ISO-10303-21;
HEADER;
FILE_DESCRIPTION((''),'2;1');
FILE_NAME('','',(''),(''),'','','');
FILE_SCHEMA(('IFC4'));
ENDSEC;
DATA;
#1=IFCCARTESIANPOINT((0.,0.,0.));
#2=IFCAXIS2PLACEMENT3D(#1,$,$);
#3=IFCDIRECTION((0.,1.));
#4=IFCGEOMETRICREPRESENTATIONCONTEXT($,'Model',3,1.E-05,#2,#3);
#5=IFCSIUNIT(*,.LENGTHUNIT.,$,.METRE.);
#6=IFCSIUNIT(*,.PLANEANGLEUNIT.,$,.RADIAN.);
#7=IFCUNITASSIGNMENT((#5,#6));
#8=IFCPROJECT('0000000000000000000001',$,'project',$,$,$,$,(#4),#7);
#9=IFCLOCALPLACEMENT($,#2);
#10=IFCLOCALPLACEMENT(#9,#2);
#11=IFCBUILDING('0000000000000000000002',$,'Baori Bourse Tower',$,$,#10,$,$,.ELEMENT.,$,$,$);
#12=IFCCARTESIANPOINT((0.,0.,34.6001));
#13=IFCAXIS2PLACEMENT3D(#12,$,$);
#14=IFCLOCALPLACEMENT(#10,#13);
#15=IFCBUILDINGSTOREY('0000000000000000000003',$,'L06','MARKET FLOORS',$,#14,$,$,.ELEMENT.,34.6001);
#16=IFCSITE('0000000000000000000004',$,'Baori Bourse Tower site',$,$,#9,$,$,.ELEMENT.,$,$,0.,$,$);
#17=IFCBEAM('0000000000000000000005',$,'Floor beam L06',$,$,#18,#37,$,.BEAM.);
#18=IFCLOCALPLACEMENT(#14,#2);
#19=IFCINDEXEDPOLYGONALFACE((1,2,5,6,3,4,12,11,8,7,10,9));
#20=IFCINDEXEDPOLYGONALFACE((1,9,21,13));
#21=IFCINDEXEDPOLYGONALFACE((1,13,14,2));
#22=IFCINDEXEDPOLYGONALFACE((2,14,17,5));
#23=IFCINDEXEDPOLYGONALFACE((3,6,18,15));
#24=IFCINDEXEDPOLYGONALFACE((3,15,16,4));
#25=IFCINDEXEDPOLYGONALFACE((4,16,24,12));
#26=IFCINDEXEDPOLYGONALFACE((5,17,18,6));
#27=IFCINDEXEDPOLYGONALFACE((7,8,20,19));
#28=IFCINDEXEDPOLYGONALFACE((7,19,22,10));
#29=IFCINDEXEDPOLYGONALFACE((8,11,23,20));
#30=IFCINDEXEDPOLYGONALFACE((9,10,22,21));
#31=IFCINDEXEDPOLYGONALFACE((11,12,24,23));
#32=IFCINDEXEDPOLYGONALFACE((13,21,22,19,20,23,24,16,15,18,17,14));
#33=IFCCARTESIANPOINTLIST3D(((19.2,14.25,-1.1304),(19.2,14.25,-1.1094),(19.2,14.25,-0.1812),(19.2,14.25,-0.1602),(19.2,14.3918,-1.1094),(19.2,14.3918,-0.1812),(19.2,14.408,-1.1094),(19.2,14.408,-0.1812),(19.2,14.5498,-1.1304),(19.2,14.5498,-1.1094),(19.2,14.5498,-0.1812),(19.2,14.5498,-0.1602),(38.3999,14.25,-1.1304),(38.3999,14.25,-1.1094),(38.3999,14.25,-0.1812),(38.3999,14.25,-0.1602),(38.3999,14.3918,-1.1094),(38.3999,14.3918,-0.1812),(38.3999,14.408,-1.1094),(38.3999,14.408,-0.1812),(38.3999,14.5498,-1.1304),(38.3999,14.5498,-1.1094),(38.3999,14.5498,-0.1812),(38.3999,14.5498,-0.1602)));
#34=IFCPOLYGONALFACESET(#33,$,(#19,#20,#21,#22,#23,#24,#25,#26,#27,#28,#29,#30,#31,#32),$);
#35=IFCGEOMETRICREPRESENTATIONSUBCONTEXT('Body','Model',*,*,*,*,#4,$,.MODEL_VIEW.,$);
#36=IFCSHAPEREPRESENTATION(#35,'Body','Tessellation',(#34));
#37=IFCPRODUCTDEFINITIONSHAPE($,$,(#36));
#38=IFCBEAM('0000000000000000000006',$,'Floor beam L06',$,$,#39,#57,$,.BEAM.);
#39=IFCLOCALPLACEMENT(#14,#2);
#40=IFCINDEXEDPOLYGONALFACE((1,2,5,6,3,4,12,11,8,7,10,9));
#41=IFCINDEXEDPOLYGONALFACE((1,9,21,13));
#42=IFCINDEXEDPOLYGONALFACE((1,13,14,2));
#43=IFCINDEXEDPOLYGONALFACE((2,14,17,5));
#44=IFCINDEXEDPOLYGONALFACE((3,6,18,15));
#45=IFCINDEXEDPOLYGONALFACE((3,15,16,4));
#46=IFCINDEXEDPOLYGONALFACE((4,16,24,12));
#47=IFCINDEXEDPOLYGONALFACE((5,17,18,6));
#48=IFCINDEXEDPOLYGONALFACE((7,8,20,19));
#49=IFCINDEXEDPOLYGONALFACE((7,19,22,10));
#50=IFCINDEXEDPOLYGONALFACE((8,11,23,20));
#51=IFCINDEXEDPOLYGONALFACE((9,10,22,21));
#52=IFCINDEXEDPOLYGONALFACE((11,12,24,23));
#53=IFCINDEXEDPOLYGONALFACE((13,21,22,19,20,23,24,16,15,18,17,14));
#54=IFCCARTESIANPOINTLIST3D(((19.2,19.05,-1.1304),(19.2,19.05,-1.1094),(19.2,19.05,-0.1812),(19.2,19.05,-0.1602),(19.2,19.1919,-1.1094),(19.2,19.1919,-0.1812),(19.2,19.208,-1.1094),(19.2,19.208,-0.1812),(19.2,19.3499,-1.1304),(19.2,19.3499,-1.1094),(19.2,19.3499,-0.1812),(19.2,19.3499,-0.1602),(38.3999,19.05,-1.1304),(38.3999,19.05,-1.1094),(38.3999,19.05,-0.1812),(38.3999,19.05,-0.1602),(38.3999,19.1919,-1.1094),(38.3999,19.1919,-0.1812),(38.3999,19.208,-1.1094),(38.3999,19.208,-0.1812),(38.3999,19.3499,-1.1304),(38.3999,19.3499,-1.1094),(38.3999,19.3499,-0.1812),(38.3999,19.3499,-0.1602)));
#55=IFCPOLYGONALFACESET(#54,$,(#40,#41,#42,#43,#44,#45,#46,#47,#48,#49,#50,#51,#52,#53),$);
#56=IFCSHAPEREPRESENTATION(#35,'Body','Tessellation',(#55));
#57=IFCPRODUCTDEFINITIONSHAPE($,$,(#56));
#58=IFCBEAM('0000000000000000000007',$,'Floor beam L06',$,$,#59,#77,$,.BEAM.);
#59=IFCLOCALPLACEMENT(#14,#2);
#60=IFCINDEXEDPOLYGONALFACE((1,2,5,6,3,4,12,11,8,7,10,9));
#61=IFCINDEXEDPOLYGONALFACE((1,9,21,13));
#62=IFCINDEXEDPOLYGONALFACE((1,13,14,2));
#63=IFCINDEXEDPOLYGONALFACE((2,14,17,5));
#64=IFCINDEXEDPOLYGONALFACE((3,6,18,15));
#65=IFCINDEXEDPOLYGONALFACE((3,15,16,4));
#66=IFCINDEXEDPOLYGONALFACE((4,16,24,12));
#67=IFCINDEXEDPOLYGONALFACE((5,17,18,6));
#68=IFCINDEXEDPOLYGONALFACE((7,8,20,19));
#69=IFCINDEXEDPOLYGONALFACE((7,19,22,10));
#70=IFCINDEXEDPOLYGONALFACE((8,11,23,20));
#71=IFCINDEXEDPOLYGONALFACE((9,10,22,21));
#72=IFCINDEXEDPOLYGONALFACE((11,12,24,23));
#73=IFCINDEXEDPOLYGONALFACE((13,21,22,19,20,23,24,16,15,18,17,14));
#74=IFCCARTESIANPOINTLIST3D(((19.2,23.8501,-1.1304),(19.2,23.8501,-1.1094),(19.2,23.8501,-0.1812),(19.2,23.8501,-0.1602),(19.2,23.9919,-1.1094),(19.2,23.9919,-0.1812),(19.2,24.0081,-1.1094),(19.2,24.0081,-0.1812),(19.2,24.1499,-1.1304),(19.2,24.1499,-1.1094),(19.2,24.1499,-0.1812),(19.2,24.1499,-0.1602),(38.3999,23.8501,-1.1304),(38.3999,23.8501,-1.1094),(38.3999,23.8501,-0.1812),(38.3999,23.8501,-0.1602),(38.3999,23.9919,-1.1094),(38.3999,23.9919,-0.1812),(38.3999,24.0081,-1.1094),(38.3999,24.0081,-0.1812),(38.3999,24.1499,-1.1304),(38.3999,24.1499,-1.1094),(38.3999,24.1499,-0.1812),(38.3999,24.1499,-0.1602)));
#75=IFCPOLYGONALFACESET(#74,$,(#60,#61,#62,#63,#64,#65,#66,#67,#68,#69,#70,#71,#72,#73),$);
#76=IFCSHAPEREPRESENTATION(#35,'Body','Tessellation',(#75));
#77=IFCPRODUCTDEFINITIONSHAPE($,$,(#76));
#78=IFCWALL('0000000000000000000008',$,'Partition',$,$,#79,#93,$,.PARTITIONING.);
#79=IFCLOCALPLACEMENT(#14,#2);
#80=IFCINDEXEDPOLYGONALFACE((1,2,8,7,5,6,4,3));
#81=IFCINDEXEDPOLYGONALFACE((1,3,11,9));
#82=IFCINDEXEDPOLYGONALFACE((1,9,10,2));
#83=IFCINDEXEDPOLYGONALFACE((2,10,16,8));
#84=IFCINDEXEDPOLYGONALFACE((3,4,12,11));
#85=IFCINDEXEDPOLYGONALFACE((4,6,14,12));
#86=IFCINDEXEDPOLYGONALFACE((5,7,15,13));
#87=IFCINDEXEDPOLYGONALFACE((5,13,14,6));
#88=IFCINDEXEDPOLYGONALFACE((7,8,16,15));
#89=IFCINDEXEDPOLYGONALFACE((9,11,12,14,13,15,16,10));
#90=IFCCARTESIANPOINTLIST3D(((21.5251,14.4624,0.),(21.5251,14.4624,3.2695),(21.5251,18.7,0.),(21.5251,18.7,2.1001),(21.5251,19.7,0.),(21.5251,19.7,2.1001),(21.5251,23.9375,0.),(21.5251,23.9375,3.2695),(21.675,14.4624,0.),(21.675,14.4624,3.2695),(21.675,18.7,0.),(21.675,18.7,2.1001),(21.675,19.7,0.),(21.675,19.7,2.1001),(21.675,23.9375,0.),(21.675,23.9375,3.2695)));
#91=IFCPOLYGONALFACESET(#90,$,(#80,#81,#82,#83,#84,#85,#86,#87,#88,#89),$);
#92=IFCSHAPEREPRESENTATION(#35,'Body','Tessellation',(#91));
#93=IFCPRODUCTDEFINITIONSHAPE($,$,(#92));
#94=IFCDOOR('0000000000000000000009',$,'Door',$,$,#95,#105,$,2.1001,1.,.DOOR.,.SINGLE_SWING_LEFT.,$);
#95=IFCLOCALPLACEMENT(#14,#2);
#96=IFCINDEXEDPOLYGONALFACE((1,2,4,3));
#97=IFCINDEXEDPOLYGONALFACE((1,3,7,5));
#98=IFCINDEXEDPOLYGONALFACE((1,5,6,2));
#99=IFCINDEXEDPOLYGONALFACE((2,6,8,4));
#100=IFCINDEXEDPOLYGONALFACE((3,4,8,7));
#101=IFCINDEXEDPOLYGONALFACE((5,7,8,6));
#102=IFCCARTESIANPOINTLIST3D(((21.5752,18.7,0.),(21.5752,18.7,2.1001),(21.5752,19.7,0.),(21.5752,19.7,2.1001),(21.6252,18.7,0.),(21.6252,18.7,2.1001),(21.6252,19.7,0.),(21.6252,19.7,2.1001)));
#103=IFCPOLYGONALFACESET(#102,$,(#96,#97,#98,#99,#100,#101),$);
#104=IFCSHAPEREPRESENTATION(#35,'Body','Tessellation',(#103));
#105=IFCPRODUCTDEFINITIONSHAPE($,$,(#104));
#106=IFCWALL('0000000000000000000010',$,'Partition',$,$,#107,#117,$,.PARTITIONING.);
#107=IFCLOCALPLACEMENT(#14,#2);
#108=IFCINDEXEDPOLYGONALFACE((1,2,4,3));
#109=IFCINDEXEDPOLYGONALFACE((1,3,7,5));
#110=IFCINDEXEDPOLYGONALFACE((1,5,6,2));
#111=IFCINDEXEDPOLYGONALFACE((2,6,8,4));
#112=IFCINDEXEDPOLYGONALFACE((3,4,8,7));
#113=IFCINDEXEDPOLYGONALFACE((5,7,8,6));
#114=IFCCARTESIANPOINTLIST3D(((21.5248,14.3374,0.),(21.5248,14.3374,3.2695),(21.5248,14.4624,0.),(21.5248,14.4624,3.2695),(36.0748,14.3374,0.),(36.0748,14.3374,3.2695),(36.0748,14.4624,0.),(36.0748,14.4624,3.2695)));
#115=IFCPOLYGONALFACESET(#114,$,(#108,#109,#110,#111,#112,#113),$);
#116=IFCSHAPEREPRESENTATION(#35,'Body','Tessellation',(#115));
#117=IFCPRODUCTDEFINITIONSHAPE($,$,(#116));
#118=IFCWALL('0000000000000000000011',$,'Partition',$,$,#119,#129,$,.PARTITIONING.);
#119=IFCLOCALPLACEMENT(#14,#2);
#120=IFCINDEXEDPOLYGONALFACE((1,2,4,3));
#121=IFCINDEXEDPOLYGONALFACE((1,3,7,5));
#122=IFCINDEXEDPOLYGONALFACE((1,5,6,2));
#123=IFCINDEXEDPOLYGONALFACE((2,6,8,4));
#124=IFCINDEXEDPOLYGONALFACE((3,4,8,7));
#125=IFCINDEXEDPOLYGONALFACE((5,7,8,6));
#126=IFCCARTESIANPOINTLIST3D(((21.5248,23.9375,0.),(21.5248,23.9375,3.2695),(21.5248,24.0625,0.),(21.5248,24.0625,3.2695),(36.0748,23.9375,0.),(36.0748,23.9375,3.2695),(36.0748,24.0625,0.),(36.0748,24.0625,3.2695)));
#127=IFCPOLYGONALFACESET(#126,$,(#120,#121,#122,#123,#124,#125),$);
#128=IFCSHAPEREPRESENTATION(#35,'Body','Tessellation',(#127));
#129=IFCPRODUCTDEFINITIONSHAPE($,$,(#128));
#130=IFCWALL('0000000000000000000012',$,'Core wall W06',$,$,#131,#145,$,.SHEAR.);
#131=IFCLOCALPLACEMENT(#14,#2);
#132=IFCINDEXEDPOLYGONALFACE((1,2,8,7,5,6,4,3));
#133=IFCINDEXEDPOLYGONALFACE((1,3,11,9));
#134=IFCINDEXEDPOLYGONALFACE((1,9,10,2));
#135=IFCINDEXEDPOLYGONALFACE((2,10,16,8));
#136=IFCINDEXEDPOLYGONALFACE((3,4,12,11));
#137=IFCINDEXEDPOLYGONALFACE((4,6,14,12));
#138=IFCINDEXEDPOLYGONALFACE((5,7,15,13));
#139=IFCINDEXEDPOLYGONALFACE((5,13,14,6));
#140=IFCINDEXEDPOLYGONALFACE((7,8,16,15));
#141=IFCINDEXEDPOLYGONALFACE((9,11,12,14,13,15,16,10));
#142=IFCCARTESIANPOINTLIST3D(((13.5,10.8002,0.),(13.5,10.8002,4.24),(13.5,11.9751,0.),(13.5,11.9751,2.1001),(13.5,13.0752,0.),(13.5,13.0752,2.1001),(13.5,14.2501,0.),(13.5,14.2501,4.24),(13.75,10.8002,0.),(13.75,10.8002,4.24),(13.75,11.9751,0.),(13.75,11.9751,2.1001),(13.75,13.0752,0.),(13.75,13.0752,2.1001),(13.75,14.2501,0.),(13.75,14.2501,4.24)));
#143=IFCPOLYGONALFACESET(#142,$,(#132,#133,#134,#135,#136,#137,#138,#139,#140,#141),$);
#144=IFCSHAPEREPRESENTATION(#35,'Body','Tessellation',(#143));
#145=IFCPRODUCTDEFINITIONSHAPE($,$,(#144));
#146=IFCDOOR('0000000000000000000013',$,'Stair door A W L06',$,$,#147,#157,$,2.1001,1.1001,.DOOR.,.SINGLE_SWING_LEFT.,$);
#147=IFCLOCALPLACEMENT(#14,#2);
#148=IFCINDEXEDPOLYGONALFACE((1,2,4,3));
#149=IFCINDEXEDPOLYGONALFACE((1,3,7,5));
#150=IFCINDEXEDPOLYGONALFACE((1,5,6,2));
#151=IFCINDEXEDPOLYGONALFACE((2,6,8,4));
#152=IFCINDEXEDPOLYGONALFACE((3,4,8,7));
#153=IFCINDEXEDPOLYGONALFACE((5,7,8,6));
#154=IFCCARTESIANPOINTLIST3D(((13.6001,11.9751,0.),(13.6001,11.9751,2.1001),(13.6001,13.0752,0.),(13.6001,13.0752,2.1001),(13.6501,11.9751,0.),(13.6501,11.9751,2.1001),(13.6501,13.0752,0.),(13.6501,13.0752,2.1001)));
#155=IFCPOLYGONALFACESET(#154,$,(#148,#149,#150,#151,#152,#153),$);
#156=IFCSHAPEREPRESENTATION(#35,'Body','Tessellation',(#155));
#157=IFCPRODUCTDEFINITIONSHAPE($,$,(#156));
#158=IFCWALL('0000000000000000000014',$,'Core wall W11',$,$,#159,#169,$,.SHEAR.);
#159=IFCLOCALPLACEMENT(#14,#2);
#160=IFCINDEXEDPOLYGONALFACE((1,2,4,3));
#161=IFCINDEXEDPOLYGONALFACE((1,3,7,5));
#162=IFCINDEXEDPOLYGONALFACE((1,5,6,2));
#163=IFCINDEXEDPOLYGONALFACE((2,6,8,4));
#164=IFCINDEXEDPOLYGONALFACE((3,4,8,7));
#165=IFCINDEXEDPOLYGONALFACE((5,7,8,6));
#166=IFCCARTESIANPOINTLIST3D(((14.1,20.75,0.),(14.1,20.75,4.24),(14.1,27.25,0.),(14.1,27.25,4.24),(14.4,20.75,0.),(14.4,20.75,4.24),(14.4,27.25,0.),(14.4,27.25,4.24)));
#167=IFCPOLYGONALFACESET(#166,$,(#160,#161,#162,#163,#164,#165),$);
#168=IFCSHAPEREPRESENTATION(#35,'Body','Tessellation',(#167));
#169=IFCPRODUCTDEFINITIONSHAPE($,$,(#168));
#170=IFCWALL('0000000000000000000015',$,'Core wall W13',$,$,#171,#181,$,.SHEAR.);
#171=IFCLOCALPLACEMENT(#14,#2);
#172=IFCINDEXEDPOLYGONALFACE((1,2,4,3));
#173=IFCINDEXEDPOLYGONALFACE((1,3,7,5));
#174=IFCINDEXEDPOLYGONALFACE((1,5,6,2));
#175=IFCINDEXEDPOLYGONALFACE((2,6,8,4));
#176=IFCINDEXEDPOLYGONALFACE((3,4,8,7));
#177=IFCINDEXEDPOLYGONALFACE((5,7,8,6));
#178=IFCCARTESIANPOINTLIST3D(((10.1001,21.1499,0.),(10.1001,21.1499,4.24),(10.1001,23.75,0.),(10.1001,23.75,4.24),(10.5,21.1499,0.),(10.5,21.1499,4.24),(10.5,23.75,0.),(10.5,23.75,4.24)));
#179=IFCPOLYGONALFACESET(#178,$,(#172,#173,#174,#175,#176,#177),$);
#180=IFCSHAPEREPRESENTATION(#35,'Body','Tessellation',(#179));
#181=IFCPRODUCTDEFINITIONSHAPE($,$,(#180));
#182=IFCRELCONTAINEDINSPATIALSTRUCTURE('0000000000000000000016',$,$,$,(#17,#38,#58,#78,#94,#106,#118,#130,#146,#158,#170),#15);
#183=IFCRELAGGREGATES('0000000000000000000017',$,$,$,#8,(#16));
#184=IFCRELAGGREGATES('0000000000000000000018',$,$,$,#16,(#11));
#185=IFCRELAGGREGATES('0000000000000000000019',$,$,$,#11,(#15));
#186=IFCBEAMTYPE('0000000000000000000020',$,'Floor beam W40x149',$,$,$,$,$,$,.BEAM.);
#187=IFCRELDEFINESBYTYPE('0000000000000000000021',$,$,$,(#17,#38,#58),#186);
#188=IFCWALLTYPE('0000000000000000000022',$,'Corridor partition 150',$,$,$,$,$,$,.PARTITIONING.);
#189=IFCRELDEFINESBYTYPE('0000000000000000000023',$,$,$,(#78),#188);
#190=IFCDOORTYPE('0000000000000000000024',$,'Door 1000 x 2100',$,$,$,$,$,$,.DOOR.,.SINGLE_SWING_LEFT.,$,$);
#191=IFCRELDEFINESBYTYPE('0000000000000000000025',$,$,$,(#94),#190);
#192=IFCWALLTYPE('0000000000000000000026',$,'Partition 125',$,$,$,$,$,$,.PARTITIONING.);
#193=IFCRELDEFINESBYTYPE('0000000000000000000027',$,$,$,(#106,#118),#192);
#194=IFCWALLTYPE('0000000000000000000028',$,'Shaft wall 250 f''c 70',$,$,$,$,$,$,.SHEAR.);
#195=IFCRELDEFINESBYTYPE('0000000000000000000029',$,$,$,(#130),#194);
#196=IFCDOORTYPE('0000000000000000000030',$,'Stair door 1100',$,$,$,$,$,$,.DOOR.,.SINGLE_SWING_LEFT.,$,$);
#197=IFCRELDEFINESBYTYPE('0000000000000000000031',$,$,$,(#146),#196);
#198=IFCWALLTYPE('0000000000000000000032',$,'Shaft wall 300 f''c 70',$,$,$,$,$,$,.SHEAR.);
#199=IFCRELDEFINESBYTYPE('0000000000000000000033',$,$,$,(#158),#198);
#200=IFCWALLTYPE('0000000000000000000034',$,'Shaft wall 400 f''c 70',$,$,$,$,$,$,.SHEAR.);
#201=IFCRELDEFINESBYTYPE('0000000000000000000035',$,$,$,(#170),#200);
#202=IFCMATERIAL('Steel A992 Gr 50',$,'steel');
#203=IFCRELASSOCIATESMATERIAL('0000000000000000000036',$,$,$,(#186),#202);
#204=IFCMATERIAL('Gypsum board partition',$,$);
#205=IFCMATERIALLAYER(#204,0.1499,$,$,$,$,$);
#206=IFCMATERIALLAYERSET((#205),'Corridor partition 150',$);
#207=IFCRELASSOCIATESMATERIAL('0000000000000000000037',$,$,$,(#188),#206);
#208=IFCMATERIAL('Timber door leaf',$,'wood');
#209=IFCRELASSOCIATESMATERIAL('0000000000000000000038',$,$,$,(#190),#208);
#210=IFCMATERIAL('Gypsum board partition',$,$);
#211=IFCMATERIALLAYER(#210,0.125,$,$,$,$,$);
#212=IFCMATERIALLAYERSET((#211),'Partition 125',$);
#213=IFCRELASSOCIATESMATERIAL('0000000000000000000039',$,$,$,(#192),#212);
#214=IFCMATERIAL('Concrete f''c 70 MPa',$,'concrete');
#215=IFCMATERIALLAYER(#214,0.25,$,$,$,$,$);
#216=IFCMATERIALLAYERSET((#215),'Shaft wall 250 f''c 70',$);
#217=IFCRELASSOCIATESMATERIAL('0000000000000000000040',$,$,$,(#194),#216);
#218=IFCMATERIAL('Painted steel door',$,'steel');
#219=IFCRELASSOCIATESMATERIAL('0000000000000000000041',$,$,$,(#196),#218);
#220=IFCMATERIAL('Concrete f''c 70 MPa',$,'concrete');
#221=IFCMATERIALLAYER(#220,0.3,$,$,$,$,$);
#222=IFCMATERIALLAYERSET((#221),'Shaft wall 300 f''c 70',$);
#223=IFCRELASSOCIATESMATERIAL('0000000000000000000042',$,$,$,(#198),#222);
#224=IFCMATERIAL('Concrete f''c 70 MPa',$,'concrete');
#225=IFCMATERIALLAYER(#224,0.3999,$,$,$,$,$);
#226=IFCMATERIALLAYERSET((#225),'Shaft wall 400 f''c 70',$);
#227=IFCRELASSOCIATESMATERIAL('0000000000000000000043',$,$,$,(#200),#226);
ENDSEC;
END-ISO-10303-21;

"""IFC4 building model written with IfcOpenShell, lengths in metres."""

from ifc_helpers import new_model, si_unit, direction, frame, frame_2d, origin, origin_2d, place, context, subcontext, project, spatial, rectangle, i_section, extrude, material, layer, layer_set, material_profile, profile_set, type_object, element, fill, save


model = new_model("IFC4")

# Units and contexts
model_context = context("Model", 3, precision=1e-05, world=origin(), true_north=direction((0.0, 1.0)))
body_context = subcontext(model_context, "Body", "Model", "MODEL_VIEW")
ifc_project = project(units=[si_unit("LENGTHUNIT", "METRE"), si_unit("PLANEANGLEUNIT", "RADIAN")], contexts=[model_context])

# Site, building, storey
site_placement = place(None, origin())
site = spatial("IfcSite", under=ifc_project, at=site_placement, Name="Baori Bourse Tower site", CompositionType="ELEMENT", RefElevation=0.0)
building_placement = place(site_placement, origin())
building = spatial("IfcBuilding", under=site, at=building_placement, Name="Baori Bourse Tower", CompositionType="ELEMENT")
storey_placement = place(building_placement, frame((0.0, 0.0, 34.6001)))
storey = spatial("IfcBuildingStorey", under=building, at=storey_placement, Name="L06", Description="MARKET FLOORS", CompositionType="ELEMENT", Elevation=34.6001)

# Beams
ifc_material_1 = material(Name="Steel A992 Gr 50", Category="steel")
ifc_material_profile = material_profile(ifc_material_1, i_section(OverallWidth=0.2998, OverallDepth=0.9702, WebThickness=0.0161, FlangeThickness=0.021, at=origin_2d()), Name="W40x149")
ifc_profile_set = profile_set([ifc_material_profile], Name="Steel A992 Gr 50")
beam_type = type_object("IfcBeamType", Name="Floor beam W40x149", PredefinedType="BEAM", material=ifc_profile_set)
for number, where, z_axis, x_axis, name in (
    (1, (19.2, 14.3999, -0.6453), (1.0, 0.0, 0.0), (0.0, 1.0, 0.0), "Floor beam L06"),
    (2, (19.2, 19.2, -0.6453), (1.0, 0.0, 0.0), (0.0, 1.0, 0.0), "Floor beam L06"),
    (3, (19.2, 24.0, -0.6453), (1.0, 0.0, 0.0), (0.0, 1.0, 0.0), "Floor beam L06"),
):
    element("IfcBeam", number, at=place(storey_placement, frame(where, z_axis=z_axis, x_axis=x_axis)), inside=storey, type_object=beam_type, Name=name, PredefinedType="BEAM", context=body_context, shape_type="SweptSolid", body=[
        extrude(i_section(OverallWidth=0.2998, OverallDepth=0.9702, WebThickness=0.0161, FlangeThickness=0.021, at=origin_2d()), origin(), (0.0, 0.0, 1.0), 19.2),
    ])

# Wall, opening, door
ifc_material_2 = material(Name="Gypsum board partition")
ifc_layer_1 = layer(ifc_material_2, 0.1499)
ifc_layer_set_1 = layer_set([ifc_layer_1], Name="Corridor partition 150")
wall_type_1 = type_object("IfcWallType", Name="Corridor partition 150", PredefinedType="PARTITIONING", material=ifc_layer_set_1)
wall_1_placement = place(storey_placement, frame((21.6001, 14.4624, 0.0), z_axis=(0.0, 0.0, 1.0), x_axis=(0.0, 1.0, 0.0)))
wall_1 = element("IfcWall", 4, at=wall_1_placement, inside=storey, type_object=wall_type_1, Name="Partition", PredefinedType="PARTITIONING", context=body_context, shape_type="SweptSolid", body=[
    extrude(rectangle(XDim=9.4751, YDim=0.1499, at=frame_2d((4.7375, 0.0))), origin(), (0.0, 0.0, 1.0), 3.2695),
])
opening_1_placement = place(wall_1_placement, frame((4.2375, 0.0, 0.0)))
opening_1 = element("IfcOpeningElement", 5, at=opening_1_placement, cuts=wall_1, PredefinedType="OPENING", context=body_context, shape_type="SweptSolid", body=[
    extrude(rectangle(XDim=1.0, YDim=2.1001, at=frame_2d((0.5, 1.05))), frame((0.0, 0.085, 0.0), z_axis=(0.0, -1.0, 0.0), x_axis=(1.0, 0.0, 0.0)), (0.0, 0.0, 1.0), 0.1699),
])
ifc_material_3 = material(Name="Timber door leaf", Category="wood")
door_type_1 = type_object("IfcDoorType", Name="Door 1000 x 2100", OperationType="SINGLE_SWING_LEFT", PredefinedType="DOOR", material=ifc_material_3)
door_1_placement = place(opening_1_placement, origin())
door_1 = element("IfcDoor", 6, at=door_1_placement, inside=storey, type_object=door_type_1, Name="Door", OperationType="SINGLE_SWING_LEFT", OverallHeight=2.1001, OverallWidth=1.0, PredefinedType="DOOR", context=body_context, shape_type="SweptSolid", body=[
    extrude(rectangle(XDim=1.0, YDim=2.1001, at=frame_2d((0.5, 1.05))), frame((0.0, 0.0249, 0.0), z_axis=(0.0, -1.0, 0.0), x_axis=(1.0, 0.0, 0.0)), (0.0, 0.0, 1.0), 0.05),
])
fill(opening_1, door_1)

# Walls
ifc_material_4 = material(Name="Gypsum board partition")
ifc_layer_2 = layer(ifc_material_4, 0.125)
ifc_layer_set_2 = layer_set([ifc_layer_2], Name="Partition 125")
wall_type_2 = type_object("IfcWallType", Name="Partition 125", PredefinedType="PARTITIONING", material=ifc_layer_set_2)
for number, where, z_axis, x_axis, name in (
    (7, (21.5249, 14.3999, 0.0), (0.0, 0.0, 1.0), (1.0, 0.0, 0.0), "Partition"),
    (8, (21.5249, 24.0, 0.0), (0.0, 0.0, 1.0), (1.0, 0.0, 0.0), "Partition"),
):
    element("IfcWall", number, at=place(storey_placement, frame(where, z_axis=z_axis, x_axis=x_axis)), inside=storey, type_object=wall_type_2, Name=name, PredefinedType="PARTITIONING", context=body_context, shape_type="SweptSolid", body=[
        extrude(rectangle(XDim=14.55, YDim=0.125, at=frame_2d((7.2749, 0.0))), origin(), (0.0, 0.0, 1.0), 3.2695),
    ])

# Wall, opening, door
ifc_material_5 = material(Name="Concrete f'c 70 MPa", Category="concrete")
ifc_layer_3 = layer(ifc_material_5, 0.25)
ifc_layer_set_3 = layer_set([ifc_layer_3], Name="Shaft wall 250 f'c 70")
wall_type_3 = type_object("IfcWallType", Name="Shaft wall 250 f'c 70", PredefinedType="SHEAR", material=ifc_layer_set_3)
wall_2_placement = place(storey_placement, frame((13.625, 10.8, 0.0), z_axis=(0.0, 0.0, 1.0), x_axis=(0.0, 1.0, 0.0)))
wall_2 = element("IfcWall", 9, at=wall_2_placement, inside=storey, type_object=wall_type_3, Name="Core wall W06", PredefinedType="SHEAR", context=body_context, shape_type="SweptSolid", body=[
    extrude(rectangle(XDim=3.45, YDim=0.25, at=frame_2d((1.7251, 0.0))), origin(), (0.0, 0.0, 1.0), 4.24),
])
opening_2_placement = place(wall_2_placement, frame((1.175, 0.0, 0.0)))
opening_2 = element("IfcOpeningElement", 10, at=opening_2_placement, cuts=wall_2, PredefinedType="OPENING", context=body_context, shape_type="SweptSolid", body=[
    extrude(rectangle(XDim=1.1001, YDim=2.1001, at=frame_2d((0.55, 1.05))), frame((0.0, 0.135, 0.0), z_axis=(0.0, -1.0, 0.0), x_axis=(1.0, 0.0, 0.0)), (0.0, 0.0, 1.0), 0.27),
])
ifc_material_6 = material(Name="Painted steel door", Category="steel")
door_type_2 = type_object("IfcDoorType", Name="Stair door 1100", OperationType="SINGLE_SWING_LEFT", PredefinedType="DOOR", material=ifc_material_6)
door_2_placement = place(opening_2_placement, origin())
door_2 = element("IfcDoor", 11, at=door_2_placement, inside=storey, type_object=door_type_2, Name="Stair door A W L06", OperationType="SINGLE_SWING_LEFT", OverallHeight=2.1001, OverallWidth=1.1001, PredefinedType="DOOR", context=body_context, shape_type="SweptSolid", body=[
    extrude(rectangle(XDim=1.1001, YDim=2.1001, at=frame_2d((0.55, 1.05))), frame((0.0, 0.0249, 0.0), z_axis=(0.0, -1.0, 0.0), x_axis=(1.0, 0.0, 0.0)), (0.0, 0.0, 1.0), 0.05),
])
fill(opening_2, door_2)

# Walls
ifc_material_7 = material(Name="Concrete f'c 70 MPa", Category="concrete")
ifc_layer_4 = layer(ifc_material_7, 0.3)
ifc_layer_set_4 = layer_set([ifc_layer_4], Name="Shaft wall 300 f'c 70")
wall_type_4 = type_object("IfcWallType", Name="Shaft wall 300 f'c 70", PredefinedType="SHEAR", material=ifc_layer_set_4)
wall_3_placement = place(storey_placement, frame((14.25, 20.75, 0.0), z_axis=(0.0, 0.0, 1.0), x_axis=(0.0, 1.0, 0.0)))
element("IfcWall", 12, at=wall_3_placement, inside=storey, type_object=wall_type_4, Name="Core wall W11", PredefinedType="SHEAR", context=body_context, shape_type="SweptSolid", body=[
    extrude(rectangle(XDim=6.5, YDim=0.3, at=frame_2d((3.25, 0.0))), origin(), (0.0, 0.0, 1.0), 4.24),
])
ifc_material_8 = material(Name="Concrete f'c 70 MPa", Category="concrete")
ifc_layer_5 = layer(ifc_material_8, 0.3999)
ifc_layer_set_5 = layer_set([ifc_layer_5], Name="Shaft wall 400 f'c 70")
wall_type_5 = type_object("IfcWallType", Name="Shaft wall 400 f'c 70", PredefinedType="SHEAR", material=ifc_layer_set_5)
wall_4_placement = place(storey_placement, frame((10.3, 21.1499, 0.0), z_axis=(0.0, 0.0, 1.0), x_axis=(0.0, 1.0, 0.0)))
element("IfcWall", 13, at=wall_4_placement, inside=storey, type_object=wall_type_5, Name="Core wall W13", PredefinedType="SHEAR", context=body_context, shape_type="SweptSolid", body=[
    extrude(rectangle(XDim=2.6001, YDim=0.3999, at=frame_2d((1.3, 0.0))), origin(), (0.0, 0.0, 1.0), 4.24),
])

save(model, "model.ifc")
